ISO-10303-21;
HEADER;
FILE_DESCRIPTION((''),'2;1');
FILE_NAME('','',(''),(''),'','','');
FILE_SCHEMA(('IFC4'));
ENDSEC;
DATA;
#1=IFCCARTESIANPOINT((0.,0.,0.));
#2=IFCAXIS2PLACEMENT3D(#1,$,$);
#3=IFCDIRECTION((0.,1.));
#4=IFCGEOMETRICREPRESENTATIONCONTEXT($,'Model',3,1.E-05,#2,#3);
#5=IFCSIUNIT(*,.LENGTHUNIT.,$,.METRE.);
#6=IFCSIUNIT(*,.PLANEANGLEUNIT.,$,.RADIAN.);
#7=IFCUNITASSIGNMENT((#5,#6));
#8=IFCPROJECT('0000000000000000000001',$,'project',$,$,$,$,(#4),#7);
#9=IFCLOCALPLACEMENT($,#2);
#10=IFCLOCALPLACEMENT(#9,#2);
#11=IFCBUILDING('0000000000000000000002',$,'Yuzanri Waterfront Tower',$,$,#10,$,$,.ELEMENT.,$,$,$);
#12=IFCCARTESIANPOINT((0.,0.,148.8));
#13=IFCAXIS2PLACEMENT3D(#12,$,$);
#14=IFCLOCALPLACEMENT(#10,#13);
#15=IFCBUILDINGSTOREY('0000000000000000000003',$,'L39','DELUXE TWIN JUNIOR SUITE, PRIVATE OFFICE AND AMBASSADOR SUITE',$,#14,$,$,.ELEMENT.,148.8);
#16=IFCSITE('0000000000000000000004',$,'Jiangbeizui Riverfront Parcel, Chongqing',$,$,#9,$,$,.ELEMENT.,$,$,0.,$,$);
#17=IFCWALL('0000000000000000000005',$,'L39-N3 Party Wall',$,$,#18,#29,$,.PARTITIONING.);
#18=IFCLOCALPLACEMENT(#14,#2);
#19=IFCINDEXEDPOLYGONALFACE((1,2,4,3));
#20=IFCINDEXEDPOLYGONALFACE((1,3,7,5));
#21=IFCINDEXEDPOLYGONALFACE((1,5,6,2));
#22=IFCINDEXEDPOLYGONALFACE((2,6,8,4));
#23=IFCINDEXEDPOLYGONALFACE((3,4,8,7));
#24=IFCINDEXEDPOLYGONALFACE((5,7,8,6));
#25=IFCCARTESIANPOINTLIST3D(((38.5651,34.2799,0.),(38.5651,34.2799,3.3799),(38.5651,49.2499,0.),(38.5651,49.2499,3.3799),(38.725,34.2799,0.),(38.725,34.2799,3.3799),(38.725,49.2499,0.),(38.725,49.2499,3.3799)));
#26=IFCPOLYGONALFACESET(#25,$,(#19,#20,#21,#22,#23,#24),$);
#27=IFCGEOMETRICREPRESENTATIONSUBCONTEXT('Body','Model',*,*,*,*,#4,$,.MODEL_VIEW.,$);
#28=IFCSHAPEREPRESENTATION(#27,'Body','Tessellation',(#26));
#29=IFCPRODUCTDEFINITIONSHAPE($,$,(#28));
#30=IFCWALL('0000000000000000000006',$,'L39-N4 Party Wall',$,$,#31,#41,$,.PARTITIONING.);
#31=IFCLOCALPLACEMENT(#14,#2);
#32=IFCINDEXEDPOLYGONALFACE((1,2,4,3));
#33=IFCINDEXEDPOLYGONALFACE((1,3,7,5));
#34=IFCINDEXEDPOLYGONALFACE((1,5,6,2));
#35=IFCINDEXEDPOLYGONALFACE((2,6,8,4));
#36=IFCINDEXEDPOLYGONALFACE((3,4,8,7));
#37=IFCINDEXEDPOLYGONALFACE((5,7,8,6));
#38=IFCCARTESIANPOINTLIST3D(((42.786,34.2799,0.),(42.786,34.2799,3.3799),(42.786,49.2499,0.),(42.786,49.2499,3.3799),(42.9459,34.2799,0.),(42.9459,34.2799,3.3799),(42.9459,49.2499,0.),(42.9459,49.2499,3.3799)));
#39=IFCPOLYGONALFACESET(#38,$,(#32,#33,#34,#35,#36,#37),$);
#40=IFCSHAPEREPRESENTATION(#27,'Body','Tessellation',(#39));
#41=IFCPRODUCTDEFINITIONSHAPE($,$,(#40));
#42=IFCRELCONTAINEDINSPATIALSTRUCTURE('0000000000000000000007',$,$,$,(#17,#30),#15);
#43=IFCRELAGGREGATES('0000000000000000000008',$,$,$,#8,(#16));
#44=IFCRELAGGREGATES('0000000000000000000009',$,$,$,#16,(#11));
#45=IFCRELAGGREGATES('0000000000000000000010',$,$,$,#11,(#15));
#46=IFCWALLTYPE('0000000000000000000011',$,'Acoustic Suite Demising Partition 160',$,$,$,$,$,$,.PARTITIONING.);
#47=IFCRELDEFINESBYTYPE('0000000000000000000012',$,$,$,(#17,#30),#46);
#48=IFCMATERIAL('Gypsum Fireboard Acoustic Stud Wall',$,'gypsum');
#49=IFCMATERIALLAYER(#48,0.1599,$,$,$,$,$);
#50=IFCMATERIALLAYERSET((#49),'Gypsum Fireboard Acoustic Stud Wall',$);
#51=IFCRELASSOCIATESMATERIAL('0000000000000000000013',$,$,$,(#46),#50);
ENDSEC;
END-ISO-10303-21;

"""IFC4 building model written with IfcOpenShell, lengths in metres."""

from ifc_helpers import new_model, si_unit, direction, frame, frame_2d, origin, place, context, subcontext, project, spatial, rectangle, extrude, source, transform, mapped, material, layer, layer_set, type_object, element, save


model = new_model("IFC4")

# Units and contexts
model_context = context("Model", 3, precision=1e-05, world=origin(), true_north=direction((0.0, 1.0)))
body_context = subcontext(model_context, "Body", "Model", "MODEL_VIEW")
ifc_project = project(units=[si_unit("LENGTHUNIT", "METRE"), si_unit("PLANEANGLEUNIT", "RADIAN")], contexts=[model_context])

# Site, building, storey
site_placement = place(None, origin())
site = spatial("IfcSite", under=ifc_project, at=site_placement, Name="Jiangbeizui Riverfront Parcel, Chongqing", CompositionType="ELEMENT", RefElevation=0.0)
building_placement = place(site_placement, origin())
building = spatial("IfcBuilding", under=site, at=building_placement, Name="Yuzanri Waterfront Tower", CompositionType="ELEMENT")
storey_placement = place(building_placement, frame((0.0, 0.0, 148.8)))
storey = spatial("IfcBuildingStorey", under=building, at=storey_placement, Name="L39", Description="DELUXE TWIN JUNIOR SUITE, PRIVATE OFFICE AND AMBASSADOR SUITE", CompositionType="ELEMENT", Elevation=148.8)

# Walls
ifc_material_1 = material(Name="Gypsum Fireboard Acoustic Stud Wall", Category="gypsum")
ifc_layer_1 = layer(ifc_material_1, 0.1599)
ifc_layer_set_1 = layer_set([ifc_layer_1], Name="Gypsum Fireboard Acoustic Stud Wall")
wall_type_1 = type_object("IfcWallType", Name="Acoustic Suite Demising Partition 160", PredefinedType="PARTITIONING", material=ifc_layer_set_1)
shared_shape_1 = source(origin(), body_context, "Body", "SweptSolid", [
    extrude(rectangle(XDim=14.97, YDim=0.1599, at=frame_2d((7.4849, 0.0))), origin(), (0.0, 0.0, 1.0), 3.3799),
])
for number, where, z_axis, x_axis, name in (
    (1, (38.645, 34.28, 0.0), (0.0, 0.0, 1.0), (0.0, 1.0, 0.0), "L39-N3 Party Wall"),
    (2, (42.866, 34.28, 0.0), (0.0, 0.0, 1.0), (0.0, 1.0, 0.0), "L39-N4 Party Wall"),
):
    element("IfcWall", number, at=place(storey_placement, frame(where, z_axis=z_axis, x_axis=x_axis)), inside=storey, type_object=wall_type_1, Name=name, PredefinedType="PARTITIONING", context=body_context, shape_type="MappedRepresentation", body=[
        mapped(shared_shape_1, transform((0.0, 0.0, 0.0), scale=1.0)),
    ])

save(model, "model.ifc")
